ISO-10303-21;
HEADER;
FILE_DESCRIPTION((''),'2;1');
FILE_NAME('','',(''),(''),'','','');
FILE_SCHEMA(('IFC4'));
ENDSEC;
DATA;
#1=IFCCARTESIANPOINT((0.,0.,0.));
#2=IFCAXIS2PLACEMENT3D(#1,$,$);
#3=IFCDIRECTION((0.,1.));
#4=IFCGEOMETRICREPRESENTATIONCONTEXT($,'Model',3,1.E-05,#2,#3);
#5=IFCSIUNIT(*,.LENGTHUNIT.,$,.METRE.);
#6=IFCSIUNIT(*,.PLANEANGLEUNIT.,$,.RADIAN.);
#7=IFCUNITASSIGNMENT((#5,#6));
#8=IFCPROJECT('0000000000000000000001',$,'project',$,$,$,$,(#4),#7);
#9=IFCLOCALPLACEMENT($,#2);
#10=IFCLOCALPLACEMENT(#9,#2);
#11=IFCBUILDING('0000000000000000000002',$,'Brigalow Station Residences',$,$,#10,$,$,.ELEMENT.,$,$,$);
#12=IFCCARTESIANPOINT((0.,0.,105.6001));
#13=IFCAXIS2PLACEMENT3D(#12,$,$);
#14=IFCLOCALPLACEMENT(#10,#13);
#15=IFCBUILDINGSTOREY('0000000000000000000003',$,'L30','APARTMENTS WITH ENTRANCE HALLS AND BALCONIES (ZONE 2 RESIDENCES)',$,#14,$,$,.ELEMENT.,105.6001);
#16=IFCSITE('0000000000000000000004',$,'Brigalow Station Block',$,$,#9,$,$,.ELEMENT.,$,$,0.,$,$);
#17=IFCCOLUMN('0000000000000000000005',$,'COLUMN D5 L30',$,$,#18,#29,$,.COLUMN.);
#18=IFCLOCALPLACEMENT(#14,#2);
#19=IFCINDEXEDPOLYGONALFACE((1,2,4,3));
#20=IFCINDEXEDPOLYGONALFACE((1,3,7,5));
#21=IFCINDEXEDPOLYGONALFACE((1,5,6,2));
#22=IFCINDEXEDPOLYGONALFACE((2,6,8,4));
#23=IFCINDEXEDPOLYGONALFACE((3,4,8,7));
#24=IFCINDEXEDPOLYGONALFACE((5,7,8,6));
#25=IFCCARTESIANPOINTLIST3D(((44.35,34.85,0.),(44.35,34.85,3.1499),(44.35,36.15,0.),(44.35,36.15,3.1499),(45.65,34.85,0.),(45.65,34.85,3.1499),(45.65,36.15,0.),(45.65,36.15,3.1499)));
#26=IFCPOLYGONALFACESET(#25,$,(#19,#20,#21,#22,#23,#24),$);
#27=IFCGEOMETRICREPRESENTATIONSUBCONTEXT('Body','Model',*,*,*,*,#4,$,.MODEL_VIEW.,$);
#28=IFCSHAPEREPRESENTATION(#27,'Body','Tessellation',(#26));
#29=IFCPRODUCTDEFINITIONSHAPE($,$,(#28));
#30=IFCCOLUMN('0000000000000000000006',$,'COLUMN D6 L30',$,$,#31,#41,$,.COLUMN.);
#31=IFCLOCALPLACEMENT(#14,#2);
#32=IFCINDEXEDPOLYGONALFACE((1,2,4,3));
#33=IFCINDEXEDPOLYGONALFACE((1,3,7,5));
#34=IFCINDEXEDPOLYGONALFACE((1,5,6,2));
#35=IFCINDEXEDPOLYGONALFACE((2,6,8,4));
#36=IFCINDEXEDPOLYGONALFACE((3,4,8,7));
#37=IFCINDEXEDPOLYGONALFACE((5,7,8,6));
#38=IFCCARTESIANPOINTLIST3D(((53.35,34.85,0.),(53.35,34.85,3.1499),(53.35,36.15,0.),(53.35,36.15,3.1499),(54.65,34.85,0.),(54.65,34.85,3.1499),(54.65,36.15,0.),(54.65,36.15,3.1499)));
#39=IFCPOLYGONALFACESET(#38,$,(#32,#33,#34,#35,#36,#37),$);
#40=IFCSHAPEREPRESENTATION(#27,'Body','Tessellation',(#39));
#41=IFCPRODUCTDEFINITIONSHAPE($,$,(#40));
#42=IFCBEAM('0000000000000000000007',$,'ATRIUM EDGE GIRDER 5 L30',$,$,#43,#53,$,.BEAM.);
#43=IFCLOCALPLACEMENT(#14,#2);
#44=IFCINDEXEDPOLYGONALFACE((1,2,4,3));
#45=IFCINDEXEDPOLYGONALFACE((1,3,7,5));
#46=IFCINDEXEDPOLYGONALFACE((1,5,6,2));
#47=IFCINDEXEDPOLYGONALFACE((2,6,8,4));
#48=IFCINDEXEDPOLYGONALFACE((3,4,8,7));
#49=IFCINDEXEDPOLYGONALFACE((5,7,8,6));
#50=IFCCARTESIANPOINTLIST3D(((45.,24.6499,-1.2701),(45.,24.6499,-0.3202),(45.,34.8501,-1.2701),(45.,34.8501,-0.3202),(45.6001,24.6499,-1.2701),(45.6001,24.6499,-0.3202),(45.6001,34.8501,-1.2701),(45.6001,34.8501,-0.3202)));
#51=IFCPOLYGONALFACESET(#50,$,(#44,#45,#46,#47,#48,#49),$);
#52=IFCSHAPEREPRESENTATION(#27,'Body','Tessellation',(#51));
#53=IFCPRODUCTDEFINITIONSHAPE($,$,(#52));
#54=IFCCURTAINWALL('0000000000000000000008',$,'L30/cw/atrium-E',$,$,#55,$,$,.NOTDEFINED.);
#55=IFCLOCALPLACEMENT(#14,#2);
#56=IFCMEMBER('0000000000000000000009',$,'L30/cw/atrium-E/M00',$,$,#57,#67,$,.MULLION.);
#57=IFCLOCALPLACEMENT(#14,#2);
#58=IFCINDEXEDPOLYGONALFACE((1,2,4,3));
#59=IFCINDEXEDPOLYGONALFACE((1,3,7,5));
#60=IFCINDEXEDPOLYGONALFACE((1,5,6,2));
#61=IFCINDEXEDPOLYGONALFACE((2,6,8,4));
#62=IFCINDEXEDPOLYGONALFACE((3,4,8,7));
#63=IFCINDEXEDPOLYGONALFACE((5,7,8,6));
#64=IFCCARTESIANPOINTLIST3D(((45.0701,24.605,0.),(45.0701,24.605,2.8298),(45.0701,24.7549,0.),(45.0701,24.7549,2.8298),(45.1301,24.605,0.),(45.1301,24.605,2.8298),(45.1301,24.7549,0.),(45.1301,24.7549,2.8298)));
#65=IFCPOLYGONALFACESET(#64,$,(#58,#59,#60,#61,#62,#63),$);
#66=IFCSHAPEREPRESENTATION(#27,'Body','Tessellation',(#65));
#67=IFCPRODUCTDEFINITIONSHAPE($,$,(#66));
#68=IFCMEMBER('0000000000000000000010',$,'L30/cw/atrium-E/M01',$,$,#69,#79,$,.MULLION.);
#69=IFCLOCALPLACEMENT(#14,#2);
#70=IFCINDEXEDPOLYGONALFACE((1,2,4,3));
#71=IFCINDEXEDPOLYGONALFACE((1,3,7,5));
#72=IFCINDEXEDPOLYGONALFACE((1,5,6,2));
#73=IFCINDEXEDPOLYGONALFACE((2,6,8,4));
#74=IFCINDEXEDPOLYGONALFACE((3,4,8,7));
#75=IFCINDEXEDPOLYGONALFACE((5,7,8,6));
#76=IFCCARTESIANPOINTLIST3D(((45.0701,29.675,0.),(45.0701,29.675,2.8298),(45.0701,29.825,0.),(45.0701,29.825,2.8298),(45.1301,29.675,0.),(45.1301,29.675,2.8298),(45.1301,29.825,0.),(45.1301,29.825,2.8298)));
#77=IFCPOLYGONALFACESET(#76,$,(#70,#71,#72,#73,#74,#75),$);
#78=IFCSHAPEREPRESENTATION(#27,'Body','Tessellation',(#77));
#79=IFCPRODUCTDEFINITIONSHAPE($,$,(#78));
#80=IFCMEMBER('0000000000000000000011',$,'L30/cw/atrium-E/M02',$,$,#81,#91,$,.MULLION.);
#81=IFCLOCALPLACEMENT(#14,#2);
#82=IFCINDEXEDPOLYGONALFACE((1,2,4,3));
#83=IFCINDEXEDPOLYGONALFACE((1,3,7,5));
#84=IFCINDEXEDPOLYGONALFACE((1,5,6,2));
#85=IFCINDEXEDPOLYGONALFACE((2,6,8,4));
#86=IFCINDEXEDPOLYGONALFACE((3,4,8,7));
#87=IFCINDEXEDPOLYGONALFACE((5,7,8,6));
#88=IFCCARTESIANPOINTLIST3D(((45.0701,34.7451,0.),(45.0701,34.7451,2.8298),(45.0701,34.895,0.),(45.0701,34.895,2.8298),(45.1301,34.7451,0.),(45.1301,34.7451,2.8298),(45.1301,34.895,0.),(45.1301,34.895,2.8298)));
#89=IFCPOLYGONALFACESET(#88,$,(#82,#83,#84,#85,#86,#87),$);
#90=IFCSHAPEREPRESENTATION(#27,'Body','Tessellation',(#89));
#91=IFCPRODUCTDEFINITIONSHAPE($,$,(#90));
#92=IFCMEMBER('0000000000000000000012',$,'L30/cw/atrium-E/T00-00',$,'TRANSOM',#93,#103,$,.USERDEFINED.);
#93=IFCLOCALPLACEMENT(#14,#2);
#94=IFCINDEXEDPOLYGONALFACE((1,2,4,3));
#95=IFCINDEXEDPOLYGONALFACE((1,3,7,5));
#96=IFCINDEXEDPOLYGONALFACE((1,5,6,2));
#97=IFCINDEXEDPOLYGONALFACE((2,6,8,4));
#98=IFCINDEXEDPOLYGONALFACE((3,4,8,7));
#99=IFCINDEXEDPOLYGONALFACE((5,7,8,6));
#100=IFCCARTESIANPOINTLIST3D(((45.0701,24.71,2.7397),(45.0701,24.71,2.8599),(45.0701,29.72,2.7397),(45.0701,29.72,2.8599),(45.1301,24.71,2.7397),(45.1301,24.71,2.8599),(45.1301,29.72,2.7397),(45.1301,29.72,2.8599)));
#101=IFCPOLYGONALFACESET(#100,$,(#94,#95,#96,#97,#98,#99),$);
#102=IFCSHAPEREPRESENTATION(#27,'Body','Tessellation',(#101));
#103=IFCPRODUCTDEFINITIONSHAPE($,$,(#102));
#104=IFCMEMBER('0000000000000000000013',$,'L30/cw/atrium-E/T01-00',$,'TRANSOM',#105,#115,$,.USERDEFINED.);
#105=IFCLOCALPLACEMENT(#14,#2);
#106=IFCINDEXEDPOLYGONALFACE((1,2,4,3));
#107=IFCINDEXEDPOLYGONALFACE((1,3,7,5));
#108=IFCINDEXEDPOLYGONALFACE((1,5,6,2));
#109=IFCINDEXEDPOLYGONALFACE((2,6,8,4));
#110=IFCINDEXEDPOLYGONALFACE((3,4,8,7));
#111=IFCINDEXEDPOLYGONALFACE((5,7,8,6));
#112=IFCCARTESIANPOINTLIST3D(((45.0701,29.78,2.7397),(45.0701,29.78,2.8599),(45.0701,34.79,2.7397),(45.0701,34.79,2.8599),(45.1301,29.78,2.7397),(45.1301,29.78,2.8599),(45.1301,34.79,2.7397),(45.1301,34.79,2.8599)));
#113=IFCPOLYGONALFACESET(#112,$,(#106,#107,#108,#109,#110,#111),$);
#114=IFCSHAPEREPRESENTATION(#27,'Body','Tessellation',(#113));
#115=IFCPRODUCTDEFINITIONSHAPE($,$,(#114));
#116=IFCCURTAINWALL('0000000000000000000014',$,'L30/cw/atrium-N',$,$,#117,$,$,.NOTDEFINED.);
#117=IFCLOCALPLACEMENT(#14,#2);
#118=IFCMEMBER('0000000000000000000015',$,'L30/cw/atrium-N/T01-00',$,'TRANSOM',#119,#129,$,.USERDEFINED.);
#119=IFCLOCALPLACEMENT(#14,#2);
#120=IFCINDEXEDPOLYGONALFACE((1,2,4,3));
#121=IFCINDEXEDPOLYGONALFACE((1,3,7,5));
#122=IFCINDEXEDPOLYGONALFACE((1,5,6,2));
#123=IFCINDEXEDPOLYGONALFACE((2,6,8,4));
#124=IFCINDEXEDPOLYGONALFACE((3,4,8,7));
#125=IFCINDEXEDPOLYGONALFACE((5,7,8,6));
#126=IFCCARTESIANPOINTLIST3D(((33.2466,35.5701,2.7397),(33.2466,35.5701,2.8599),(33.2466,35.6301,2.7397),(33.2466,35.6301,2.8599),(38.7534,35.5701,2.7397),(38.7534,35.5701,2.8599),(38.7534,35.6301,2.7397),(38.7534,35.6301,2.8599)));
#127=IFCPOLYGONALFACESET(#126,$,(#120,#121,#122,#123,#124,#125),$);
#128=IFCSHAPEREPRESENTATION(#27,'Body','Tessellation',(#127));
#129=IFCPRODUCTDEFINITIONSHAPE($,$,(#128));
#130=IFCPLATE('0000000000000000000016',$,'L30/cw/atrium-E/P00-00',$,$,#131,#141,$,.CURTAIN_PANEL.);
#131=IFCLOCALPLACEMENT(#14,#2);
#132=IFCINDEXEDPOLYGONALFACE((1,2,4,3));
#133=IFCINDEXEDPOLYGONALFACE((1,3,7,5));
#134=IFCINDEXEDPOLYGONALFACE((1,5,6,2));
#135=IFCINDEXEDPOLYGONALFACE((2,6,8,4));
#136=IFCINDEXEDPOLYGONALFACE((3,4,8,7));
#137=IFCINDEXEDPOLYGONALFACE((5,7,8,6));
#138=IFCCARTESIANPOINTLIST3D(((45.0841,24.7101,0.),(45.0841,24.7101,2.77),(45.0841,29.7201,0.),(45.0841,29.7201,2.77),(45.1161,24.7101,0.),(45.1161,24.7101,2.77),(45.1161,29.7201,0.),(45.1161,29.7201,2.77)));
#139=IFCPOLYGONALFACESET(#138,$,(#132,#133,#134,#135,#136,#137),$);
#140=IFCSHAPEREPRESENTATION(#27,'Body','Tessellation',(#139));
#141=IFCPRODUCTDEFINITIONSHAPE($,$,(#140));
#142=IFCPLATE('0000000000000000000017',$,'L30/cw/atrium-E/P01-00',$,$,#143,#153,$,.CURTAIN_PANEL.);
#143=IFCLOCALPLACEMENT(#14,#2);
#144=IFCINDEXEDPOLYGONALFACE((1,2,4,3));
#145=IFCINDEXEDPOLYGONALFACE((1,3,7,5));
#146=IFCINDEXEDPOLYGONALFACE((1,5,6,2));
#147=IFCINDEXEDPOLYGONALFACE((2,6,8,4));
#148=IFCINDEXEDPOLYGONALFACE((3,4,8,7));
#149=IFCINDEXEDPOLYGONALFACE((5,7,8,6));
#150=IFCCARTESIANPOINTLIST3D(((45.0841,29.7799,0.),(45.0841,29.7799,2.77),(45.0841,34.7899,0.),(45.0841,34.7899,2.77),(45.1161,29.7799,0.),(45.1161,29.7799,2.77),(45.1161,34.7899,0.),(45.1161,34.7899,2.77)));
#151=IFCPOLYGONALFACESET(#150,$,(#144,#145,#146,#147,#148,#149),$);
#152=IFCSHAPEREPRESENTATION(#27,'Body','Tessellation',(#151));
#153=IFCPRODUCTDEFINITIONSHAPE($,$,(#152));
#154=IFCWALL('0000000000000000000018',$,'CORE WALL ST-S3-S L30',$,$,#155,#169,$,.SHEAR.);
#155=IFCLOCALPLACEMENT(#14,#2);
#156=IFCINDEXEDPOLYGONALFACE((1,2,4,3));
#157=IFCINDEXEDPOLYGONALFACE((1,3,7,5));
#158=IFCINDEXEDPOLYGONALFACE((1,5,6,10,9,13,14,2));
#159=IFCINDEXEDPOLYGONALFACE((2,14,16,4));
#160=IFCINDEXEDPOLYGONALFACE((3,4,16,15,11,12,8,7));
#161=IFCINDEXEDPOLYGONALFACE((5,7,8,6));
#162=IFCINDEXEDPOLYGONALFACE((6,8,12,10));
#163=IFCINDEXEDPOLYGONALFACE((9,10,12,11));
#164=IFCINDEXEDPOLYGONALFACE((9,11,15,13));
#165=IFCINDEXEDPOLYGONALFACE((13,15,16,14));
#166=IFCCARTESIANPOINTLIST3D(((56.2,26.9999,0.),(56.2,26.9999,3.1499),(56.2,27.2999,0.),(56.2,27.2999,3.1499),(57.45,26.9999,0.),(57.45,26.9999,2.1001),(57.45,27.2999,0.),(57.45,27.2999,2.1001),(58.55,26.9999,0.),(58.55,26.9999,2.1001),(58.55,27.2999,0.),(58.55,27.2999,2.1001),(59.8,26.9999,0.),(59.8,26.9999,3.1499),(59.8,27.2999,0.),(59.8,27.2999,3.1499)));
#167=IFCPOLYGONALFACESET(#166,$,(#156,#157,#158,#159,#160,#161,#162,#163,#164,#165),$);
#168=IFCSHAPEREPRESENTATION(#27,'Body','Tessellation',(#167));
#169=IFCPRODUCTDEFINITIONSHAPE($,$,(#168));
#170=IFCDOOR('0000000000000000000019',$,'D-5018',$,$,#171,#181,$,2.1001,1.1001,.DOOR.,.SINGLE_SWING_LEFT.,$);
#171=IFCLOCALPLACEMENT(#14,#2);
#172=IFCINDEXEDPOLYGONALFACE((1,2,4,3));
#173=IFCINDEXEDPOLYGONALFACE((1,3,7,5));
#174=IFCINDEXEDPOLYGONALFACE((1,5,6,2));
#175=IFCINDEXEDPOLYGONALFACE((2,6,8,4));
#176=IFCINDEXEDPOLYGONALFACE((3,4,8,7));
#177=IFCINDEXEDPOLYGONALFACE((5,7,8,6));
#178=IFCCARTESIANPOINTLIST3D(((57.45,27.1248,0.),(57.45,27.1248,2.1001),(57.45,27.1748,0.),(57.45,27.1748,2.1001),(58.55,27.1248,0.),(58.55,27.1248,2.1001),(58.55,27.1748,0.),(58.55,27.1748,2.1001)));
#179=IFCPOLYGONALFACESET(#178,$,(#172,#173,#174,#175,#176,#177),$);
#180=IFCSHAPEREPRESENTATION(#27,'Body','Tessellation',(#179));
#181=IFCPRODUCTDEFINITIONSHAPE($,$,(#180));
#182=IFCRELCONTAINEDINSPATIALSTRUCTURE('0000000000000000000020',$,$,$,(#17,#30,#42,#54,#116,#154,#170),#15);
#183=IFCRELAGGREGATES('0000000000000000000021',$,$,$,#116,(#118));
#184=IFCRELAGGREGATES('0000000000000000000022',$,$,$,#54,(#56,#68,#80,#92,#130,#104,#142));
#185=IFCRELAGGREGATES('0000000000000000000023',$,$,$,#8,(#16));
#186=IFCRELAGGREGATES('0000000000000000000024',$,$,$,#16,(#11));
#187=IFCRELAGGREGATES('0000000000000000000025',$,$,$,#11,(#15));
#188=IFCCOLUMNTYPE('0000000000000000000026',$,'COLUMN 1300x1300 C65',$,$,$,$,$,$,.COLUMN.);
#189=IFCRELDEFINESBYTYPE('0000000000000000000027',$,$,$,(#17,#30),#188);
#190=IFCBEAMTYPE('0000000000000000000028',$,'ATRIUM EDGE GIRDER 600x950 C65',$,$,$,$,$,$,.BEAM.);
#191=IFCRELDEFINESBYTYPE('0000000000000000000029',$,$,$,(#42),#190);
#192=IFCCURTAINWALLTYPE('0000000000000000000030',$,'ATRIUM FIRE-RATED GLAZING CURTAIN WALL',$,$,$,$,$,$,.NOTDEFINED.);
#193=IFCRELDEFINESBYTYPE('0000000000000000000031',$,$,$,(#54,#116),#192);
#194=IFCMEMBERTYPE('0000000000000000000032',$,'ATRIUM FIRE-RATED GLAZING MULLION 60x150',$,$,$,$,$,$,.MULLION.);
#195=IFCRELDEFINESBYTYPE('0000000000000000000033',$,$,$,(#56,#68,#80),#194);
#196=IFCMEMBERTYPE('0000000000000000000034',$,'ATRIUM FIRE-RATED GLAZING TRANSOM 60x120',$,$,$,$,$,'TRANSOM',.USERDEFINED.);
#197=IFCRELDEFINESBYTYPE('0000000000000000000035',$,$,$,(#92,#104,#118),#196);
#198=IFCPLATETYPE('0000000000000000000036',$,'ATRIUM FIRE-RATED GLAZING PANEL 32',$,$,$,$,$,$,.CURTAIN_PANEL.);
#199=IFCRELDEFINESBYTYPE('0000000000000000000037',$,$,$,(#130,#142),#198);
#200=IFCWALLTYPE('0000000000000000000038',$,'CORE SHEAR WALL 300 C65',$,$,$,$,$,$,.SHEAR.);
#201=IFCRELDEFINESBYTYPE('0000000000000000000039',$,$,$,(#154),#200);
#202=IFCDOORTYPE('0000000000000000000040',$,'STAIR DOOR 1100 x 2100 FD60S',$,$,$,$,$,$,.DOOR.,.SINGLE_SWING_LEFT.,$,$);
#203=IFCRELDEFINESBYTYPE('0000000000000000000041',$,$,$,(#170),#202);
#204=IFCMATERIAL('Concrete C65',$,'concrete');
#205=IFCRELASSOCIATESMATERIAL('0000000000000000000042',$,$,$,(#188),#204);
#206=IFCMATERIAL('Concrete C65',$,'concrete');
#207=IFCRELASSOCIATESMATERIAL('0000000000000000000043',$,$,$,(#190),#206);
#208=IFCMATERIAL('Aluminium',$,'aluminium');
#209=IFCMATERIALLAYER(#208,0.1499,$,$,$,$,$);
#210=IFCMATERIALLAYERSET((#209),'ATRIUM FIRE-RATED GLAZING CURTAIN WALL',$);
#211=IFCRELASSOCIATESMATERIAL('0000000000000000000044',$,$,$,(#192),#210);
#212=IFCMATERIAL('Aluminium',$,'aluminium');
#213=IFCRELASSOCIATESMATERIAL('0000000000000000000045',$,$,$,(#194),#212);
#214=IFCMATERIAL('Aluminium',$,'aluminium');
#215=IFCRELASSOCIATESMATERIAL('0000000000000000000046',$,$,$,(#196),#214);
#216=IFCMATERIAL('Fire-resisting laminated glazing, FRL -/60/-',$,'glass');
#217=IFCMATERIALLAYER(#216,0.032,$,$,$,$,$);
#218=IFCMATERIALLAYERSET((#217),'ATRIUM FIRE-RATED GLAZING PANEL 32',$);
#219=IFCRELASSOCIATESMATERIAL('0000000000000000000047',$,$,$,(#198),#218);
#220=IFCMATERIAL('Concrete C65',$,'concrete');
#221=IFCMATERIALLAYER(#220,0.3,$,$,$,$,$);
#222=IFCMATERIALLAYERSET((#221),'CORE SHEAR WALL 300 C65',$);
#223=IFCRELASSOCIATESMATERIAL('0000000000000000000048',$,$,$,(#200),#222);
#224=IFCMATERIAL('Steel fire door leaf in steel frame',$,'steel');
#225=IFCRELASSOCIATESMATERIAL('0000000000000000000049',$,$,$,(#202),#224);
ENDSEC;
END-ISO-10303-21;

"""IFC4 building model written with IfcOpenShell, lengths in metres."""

from ifc_helpers import new_model, si_unit, direction, frame, frame_2d, origin, origin_2d, place, context, subcontext, project, spatial, rectangle, extrude, material, layer, layer_set, material_profile, profile_set, type_object, element, fill, aggregate, save


model = new_model("IFC4")

# Units and contexts
model_context = context("Model", 3, precision=1e-05, world=origin(), true_north=direction((0.0, 1.0)))
body_context = subcontext(model_context, "Body", "Model", "MODEL_VIEW")
ifc_project = project(units=[si_unit("LENGTHUNIT", "METRE"), si_unit("PLANEANGLEUNIT", "RADIAN")], contexts=[model_context])

# Site, building, storey
site_placement = place(None, origin())
site = spatial("IfcSite", under=ifc_project, at=site_placement, Name="Brigalow Station Block", CompositionType="ELEMENT", RefElevation=0.0)
building_placement = place(site_placement, origin())
building = spatial("IfcBuilding", under=site, at=building_placement, Name="Brigalow Station Residences", CompositionType="ELEMENT")
storey_placement = place(building_placement, frame((0.0, 0.0, 105.6001)))
storey = spatial("IfcBuildingStorey", under=building, at=storey_placement, Name="L30", Description="APARTMENTS WITH ENTRANCE HALLS AND BALCONIES (ZONE 2 RESIDENCES)", CompositionType="ELEMENT", Elevation=105.6001)

# Columns
ifc_material_1 = material(Name="Concrete C65", Category="concrete")
ifc_material_profile_1 = material_profile(ifc_material_1, rectangle(XDim=1.3, YDim=1.3, at=origin_2d()), Name="RC1300x1300")
ifc_profile_set_1 = profile_set([ifc_material_profile_1], Name="Concrete C65")
column_type = type_object("IfcColumnType", Name="COLUMN 1300x1300 C65", PredefinedType="COLUMN", material=ifc_profile_set_1)
for number, where, z_axis, x_axis, name in (
    (1, (45.0, 35.5, 0.0), (0.0, 0.0, 1.0), (1.0, 0.0, 0.0), "COLUMN D5 L30"),
    (2, (54.0, 35.5, 0.0), (0.0, 0.0, 1.0), (1.0, 0.0, 0.0), "COLUMN D6 L30"),
):
    element("IfcColumn", number, at=place(storey_placement, frame(where, z_axis=z_axis, x_axis=x_axis)), inside=storey, type_object=column_type, Name=name, PredefinedType="COLUMN", context=body_context, shape_type="SweptSolid", body=[
        extrude(rectangle(XDim=1.3, YDim=1.3, at=origin_2d()), origin(), (0.0, 0.0, 1.0), 3.1499),
    ])

# Beam
ifc_material_2 = material(Name="Concrete C65", Category="concrete")
ifc_material_profile_2 = material_profile(ifc_material_2, rectangle(XDim=0.6001, YDim=0.95, at=origin_2d()), Name="RC600x950")
ifc_profile_set_2 = profile_set([ifc_material_profile_2], Name="Concrete C65")
beam_type = type_object("IfcBeamType", Name="ATRIUM EDGE GIRDER 600x950 C65", PredefinedType="BEAM", material=ifc_profile_set_2)
beam_placement = place(storey_placement, frame((45.3, 24.6499, -0.7952), z_axis=(0.0, 1.0, 0.0), x_axis=(-1.0, 0.0, 0.0)))
element("IfcBeam", 3, at=beam_placement, inside=storey, type_object=beam_type, Name="ATRIUM EDGE GIRDER 5 L30", PredefinedType="BEAM", context=body_context, shape_type="SweptSolid", body=[
    extrude(rectangle(XDim=0.6001, YDim=0.95, at=origin_2d()), origin(), (0.0, 0.0, 1.0), 10.2002),
])

# Curtain wall, members
ifc_material_3 = material(Name="Aluminium", Category="aluminium")
ifc_layer_1 = layer(ifc_material_3, 0.1499)
ifc_layer_set_1 = layer_set([ifc_layer_1], Name="ATRIUM FIRE-RATED GLAZING CURTAIN WALL")
curtain_wall_type = type_object("IfcCurtainWallType", Name="ATRIUM FIRE-RATED GLAZING CURTAIN WALL", PredefinedType="NOTDEFINED", material=ifc_layer_set_1)
curtain_wall_1_placement = place(storey_placement, origin())
curtain_wall_1 = element("IfcCurtainWall", 4, at=curtain_wall_1_placement, inside=storey, type_object=curtain_wall_type, Name="L30/cw/atrium-E", PredefinedType="NOTDEFINED")
ifc_material_4 = material(Name="Aluminium", Category="aluminium")
ifc_material_profile_3 = material_profile(ifc_material_4, rectangle(XDim=0.0601, YDim=0.1499, at=origin_2d()), Name="ATRIUM FIRE-RATED GLAZING MULLION 60x150")
ifc_profile_set_3 = profile_set([ifc_material_profile_3], Name="Aluminium")
member_type_1 = type_object("IfcMemberType", Name="ATRIUM FIRE-RATED GLAZING MULLION 60x150", PredefinedType="MULLION", material=ifc_profile_set_3)
member_1_placement = place(storey_placement, frame((45.1001, 24.6799, 0.0), z_axis=(0.0, 0.0, 1.0), x_axis=(-1.0, 0.0, 0.0)))
member_1 = element("IfcMember", 5, at=member_1_placement, type_object=member_type_1, Name="L30/cw/atrium-E/M00", PredefinedType="MULLION", context=body_context, shape_type="SweptSolid", body=[
    extrude(rectangle(XDim=0.0601, YDim=0.1499, at=origin_2d()), origin(), (0.0, 0.0, 1.0), 2.8298),
])
member_2_placement = place(storey_placement, frame((45.1001, 29.75, 0.0), z_axis=(0.0, 0.0, 1.0), x_axis=(-1.0, 0.0, 0.0)))
member_2 = element("IfcMember", 6, at=member_2_placement, type_object=member_type_1, Name="L30/cw/atrium-E/M01", PredefinedType="MULLION", context=body_context, shape_type="SweptSolid", body=[
    extrude(rectangle(XDim=0.0601, YDim=0.1499, at=origin_2d()), origin(), (0.0, 0.0, 1.0), 2.8298),
])
member_3_placement = place(storey_placement, frame((45.1001, 34.8201, 0.0), z_axis=(0.0, 0.0, 1.0), x_axis=(-1.0, 0.0, 0.0)))
member_3 = element("IfcMember", 7, at=member_3_placement, type_object=member_type_1, Name="L30/cw/atrium-E/M02", PredefinedType="MULLION", context=body_context, shape_type="SweptSolid", body=[
    extrude(rectangle(XDim=0.0601, YDim=0.1499, at=origin_2d()), origin(), (0.0, 0.0, 1.0), 2.8298),
])
ifc_material_5 = material(Name="Aluminium", Category="aluminium")
ifc_material_profile_4 = material_profile(ifc_material_5, rectangle(XDim=0.0601, YDim=0.1201, at=origin_2d()), Name="ATRIUM FIRE-RATED GLAZING TRANSOM 60x120")
ifc_profile_set_4 = profile_set([ifc_material_profile_4], Name="Aluminium")
member_type_2 = type_object("IfcMemberType", Name="ATRIUM FIRE-RATED GLAZING TRANSOM 60x120", ElementType="TRANSOM", PredefinedType="USERDEFINED", material=ifc_profile_set_4)
member_4_placement = place(storey_placement, frame((45.1001, 24.71, 2.7998), z_axis=(0.0, 1.0, 0.0), x_axis=(-1.0, 0.0, 0.0)))
member_4 = element("IfcMember", 8, at=member_4_placement, type_object=member_type_2, Name="L30/cw/atrium-E/T00-00", ObjectType="TRANSOM", PredefinedType="USERDEFINED", context=body_context, shape_type="SweptSolid", body=[
    extrude(rectangle(XDim=0.0601, YDim=0.1201, at=origin_2d()), origin(), (0.0, 0.0, 1.0), 5.01),
])
member_5_placement = place(storey_placement, frame((45.1001, 29.78, 2.7998), z_axis=(0.0, 1.0, 0.0), x_axis=(-1.0, 0.0, 0.0)))
member_5 = element("IfcMember", 9, at=member_5_placement, type_object=member_type_2, Name="L30/cw/atrium-E/T01-00", ObjectType="TRANSOM", PredefinedType="USERDEFINED", context=body_context, shape_type="SweptSolid", body=[
    extrude(rectangle(XDim=0.0601, YDim=0.1201, at=origin_2d()), origin(), (0.0, 0.0, 1.0), 5.01),
])

# Curtain wall, member
curtain_wall_2_placement = place(storey_placement, origin())
curtain_wall_2 = element("IfcCurtainWall", 10, at=curtain_wall_2_placement, inside=storey, type_object=curtain_wall_type, Name="L30/cw/atrium-N", PredefinedType="NOTDEFINED")
member_6_placement = place(storey_placement, frame((38.7534, 35.6001, 2.7998), z_axis=(-1.0, 0.0, 0.0), x_axis=(0.0, -1.0, 0.0)))
member_6 = element("IfcMember", 11, at=member_6_placement, type_object=member_type_2, Name="L30/cw/atrium-N/T01-00", ObjectType="TRANSOM", PredefinedType="USERDEFINED", context=body_context, shape_type="SweptSolid", body=[
    extrude(rectangle(XDim=0.0601, YDim=0.1201, at=origin_2d()), origin(), (0.0, 0.0, 1.0), 5.5068),
])
aggregate(curtain_wall_2, [member_6])

# Plates
ifc_material_6 = material(Name="Fire-resisting laminated glazing, FRL -/60/-", Category="glass")
ifc_layer_2 = layer(ifc_material_6, 0.032)
ifc_layer_set_2 = layer_set([ifc_layer_2], Name="ATRIUM FIRE-RATED GLAZING PANEL 32")
plate_type = type_object("IfcPlateType", Name="ATRIUM FIRE-RATED GLAZING PANEL 32", PredefinedType="CURTAIN_PANEL", material=ifc_layer_set_2)
plate_1_placement = place(storey_placement, frame((45.1001, 27.2151, 0.0), z_axis=(0.0, 0.0, 1.0), x_axis=(0.0, 1.0, 0.0)))
plate_1 = element("IfcPlate", 12, at=plate_1_placement, type_object=plate_type, Name="L30/cw/atrium-E/P00-00", PredefinedType="CURTAIN_PANEL", context=body_context, shape_type="SweptSolid", body=[
    extrude(rectangle(XDim=5.01, YDim=0.032, at=origin_2d()), origin(), (0.0, 0.0, 1.0), 2.77),
])
plate_2_placement = place(storey_placement, frame((45.1001, 32.2849, 0.0), z_axis=(0.0, 0.0, 1.0), x_axis=(0.0, 1.0, 0.0)))
plate_2 = element("IfcPlate", 13, at=plate_2_placement, type_object=plate_type, Name="L30/cw/atrium-E/P01-00", PredefinedType="CURTAIN_PANEL", context=body_context, shape_type="SweptSolid", body=[
    extrude(rectangle(XDim=5.01, YDim=0.032, at=origin_2d()), origin(), (0.0, 0.0, 1.0), 2.77),
])
aggregate(curtain_wall_1, [member_1, member_2, member_3, member_4, plate_1, member_5, plate_2])

# Wall, opening, door
ifc_material_7 = material(Name="Concrete C65", Category="concrete")
ifc_layer_3 = layer(ifc_material_7, 0.3)
ifc_layer_set_3 = layer_set([ifc_layer_3], Name="CORE SHEAR WALL 300 C65")
wall_type_1 = type_object("IfcWallType", Name="CORE SHEAR WALL 300 C65", PredefinedType="SHEAR", material=ifc_layer_set_3)
wall_1_placement = place(storey_placement, frame((56.2, 27.1499, 0.0), z_axis=(0.0, 0.0, 1.0), x_axis=(1.0, 0.0, 0.0)))
wall_1 = element("IfcWall", 14, at=wall_1_placement, inside=storey, type_object=wall_type_1, Name="CORE WALL ST-S3-S L30", PredefinedType="SHEAR", context=body_context, shape_type="SweptSolid", body=[
    extrude(rectangle(XDim=3.6001, YDim=0.3, at=frame_2d((1.8, 0.0))), origin(), (0.0, 0.0, 1.0), 3.1499),
])
opening_1_placement = place(wall_1_placement, frame((1.25, 0.0, 0.0)))
opening_1 = element("IfcOpeningElement", 15, at=opening_1_placement, cuts=wall_1, PredefinedType="OPENING", context=body_context, shape_type="SweptSolid", body=[
    extrude(rectangle(XDim=1.1001, YDim=2.1001, at=frame_2d((0.55, 1.05))), frame((0.0, 0.1602, 0.0), z_axis=(0.0, -1.0, 0.0), x_axis=(1.0, 0.0, 0.0)), (0.0, 0.0, 1.0), 0.3201),
])
ifc_material_8 = material(Name="Steel fire door leaf in steel frame", Category="steel")
door_type_1 = type_object("IfcDoorType", Name="STAIR DOOR 1100 x 2100 FD60S", OperationType="SINGLE_SWING_LEFT", PredefinedType="DOOR", material=ifc_material_8)
door_1_placement = place(opening_1_placement, origin())
door_1 = element("IfcDoor", 16, at=door_1_placement, inside=storey, type_object=door_type_1, Name="D-5018", OperationType="SINGLE_SWING_LEFT", OverallHeight=2.1001, OverallWidth=1.1001, PredefinedType="DOOR", context=body_context, shape_type="SweptSolid", body=[
    extrude(rectangle(XDim=1.1001, YDim=2.1001, at=frame_2d((0.55, 1.05))), frame((0.0, 0.0249, 0.0), z_axis=(0.0, -1.0, 0.0), x_axis=(1.0, 0.0, 0.0)), (0.0, 0.0, 1.0), 0.05),
])
fill(opening_1, door_1)

save(model, "model.ifc")
